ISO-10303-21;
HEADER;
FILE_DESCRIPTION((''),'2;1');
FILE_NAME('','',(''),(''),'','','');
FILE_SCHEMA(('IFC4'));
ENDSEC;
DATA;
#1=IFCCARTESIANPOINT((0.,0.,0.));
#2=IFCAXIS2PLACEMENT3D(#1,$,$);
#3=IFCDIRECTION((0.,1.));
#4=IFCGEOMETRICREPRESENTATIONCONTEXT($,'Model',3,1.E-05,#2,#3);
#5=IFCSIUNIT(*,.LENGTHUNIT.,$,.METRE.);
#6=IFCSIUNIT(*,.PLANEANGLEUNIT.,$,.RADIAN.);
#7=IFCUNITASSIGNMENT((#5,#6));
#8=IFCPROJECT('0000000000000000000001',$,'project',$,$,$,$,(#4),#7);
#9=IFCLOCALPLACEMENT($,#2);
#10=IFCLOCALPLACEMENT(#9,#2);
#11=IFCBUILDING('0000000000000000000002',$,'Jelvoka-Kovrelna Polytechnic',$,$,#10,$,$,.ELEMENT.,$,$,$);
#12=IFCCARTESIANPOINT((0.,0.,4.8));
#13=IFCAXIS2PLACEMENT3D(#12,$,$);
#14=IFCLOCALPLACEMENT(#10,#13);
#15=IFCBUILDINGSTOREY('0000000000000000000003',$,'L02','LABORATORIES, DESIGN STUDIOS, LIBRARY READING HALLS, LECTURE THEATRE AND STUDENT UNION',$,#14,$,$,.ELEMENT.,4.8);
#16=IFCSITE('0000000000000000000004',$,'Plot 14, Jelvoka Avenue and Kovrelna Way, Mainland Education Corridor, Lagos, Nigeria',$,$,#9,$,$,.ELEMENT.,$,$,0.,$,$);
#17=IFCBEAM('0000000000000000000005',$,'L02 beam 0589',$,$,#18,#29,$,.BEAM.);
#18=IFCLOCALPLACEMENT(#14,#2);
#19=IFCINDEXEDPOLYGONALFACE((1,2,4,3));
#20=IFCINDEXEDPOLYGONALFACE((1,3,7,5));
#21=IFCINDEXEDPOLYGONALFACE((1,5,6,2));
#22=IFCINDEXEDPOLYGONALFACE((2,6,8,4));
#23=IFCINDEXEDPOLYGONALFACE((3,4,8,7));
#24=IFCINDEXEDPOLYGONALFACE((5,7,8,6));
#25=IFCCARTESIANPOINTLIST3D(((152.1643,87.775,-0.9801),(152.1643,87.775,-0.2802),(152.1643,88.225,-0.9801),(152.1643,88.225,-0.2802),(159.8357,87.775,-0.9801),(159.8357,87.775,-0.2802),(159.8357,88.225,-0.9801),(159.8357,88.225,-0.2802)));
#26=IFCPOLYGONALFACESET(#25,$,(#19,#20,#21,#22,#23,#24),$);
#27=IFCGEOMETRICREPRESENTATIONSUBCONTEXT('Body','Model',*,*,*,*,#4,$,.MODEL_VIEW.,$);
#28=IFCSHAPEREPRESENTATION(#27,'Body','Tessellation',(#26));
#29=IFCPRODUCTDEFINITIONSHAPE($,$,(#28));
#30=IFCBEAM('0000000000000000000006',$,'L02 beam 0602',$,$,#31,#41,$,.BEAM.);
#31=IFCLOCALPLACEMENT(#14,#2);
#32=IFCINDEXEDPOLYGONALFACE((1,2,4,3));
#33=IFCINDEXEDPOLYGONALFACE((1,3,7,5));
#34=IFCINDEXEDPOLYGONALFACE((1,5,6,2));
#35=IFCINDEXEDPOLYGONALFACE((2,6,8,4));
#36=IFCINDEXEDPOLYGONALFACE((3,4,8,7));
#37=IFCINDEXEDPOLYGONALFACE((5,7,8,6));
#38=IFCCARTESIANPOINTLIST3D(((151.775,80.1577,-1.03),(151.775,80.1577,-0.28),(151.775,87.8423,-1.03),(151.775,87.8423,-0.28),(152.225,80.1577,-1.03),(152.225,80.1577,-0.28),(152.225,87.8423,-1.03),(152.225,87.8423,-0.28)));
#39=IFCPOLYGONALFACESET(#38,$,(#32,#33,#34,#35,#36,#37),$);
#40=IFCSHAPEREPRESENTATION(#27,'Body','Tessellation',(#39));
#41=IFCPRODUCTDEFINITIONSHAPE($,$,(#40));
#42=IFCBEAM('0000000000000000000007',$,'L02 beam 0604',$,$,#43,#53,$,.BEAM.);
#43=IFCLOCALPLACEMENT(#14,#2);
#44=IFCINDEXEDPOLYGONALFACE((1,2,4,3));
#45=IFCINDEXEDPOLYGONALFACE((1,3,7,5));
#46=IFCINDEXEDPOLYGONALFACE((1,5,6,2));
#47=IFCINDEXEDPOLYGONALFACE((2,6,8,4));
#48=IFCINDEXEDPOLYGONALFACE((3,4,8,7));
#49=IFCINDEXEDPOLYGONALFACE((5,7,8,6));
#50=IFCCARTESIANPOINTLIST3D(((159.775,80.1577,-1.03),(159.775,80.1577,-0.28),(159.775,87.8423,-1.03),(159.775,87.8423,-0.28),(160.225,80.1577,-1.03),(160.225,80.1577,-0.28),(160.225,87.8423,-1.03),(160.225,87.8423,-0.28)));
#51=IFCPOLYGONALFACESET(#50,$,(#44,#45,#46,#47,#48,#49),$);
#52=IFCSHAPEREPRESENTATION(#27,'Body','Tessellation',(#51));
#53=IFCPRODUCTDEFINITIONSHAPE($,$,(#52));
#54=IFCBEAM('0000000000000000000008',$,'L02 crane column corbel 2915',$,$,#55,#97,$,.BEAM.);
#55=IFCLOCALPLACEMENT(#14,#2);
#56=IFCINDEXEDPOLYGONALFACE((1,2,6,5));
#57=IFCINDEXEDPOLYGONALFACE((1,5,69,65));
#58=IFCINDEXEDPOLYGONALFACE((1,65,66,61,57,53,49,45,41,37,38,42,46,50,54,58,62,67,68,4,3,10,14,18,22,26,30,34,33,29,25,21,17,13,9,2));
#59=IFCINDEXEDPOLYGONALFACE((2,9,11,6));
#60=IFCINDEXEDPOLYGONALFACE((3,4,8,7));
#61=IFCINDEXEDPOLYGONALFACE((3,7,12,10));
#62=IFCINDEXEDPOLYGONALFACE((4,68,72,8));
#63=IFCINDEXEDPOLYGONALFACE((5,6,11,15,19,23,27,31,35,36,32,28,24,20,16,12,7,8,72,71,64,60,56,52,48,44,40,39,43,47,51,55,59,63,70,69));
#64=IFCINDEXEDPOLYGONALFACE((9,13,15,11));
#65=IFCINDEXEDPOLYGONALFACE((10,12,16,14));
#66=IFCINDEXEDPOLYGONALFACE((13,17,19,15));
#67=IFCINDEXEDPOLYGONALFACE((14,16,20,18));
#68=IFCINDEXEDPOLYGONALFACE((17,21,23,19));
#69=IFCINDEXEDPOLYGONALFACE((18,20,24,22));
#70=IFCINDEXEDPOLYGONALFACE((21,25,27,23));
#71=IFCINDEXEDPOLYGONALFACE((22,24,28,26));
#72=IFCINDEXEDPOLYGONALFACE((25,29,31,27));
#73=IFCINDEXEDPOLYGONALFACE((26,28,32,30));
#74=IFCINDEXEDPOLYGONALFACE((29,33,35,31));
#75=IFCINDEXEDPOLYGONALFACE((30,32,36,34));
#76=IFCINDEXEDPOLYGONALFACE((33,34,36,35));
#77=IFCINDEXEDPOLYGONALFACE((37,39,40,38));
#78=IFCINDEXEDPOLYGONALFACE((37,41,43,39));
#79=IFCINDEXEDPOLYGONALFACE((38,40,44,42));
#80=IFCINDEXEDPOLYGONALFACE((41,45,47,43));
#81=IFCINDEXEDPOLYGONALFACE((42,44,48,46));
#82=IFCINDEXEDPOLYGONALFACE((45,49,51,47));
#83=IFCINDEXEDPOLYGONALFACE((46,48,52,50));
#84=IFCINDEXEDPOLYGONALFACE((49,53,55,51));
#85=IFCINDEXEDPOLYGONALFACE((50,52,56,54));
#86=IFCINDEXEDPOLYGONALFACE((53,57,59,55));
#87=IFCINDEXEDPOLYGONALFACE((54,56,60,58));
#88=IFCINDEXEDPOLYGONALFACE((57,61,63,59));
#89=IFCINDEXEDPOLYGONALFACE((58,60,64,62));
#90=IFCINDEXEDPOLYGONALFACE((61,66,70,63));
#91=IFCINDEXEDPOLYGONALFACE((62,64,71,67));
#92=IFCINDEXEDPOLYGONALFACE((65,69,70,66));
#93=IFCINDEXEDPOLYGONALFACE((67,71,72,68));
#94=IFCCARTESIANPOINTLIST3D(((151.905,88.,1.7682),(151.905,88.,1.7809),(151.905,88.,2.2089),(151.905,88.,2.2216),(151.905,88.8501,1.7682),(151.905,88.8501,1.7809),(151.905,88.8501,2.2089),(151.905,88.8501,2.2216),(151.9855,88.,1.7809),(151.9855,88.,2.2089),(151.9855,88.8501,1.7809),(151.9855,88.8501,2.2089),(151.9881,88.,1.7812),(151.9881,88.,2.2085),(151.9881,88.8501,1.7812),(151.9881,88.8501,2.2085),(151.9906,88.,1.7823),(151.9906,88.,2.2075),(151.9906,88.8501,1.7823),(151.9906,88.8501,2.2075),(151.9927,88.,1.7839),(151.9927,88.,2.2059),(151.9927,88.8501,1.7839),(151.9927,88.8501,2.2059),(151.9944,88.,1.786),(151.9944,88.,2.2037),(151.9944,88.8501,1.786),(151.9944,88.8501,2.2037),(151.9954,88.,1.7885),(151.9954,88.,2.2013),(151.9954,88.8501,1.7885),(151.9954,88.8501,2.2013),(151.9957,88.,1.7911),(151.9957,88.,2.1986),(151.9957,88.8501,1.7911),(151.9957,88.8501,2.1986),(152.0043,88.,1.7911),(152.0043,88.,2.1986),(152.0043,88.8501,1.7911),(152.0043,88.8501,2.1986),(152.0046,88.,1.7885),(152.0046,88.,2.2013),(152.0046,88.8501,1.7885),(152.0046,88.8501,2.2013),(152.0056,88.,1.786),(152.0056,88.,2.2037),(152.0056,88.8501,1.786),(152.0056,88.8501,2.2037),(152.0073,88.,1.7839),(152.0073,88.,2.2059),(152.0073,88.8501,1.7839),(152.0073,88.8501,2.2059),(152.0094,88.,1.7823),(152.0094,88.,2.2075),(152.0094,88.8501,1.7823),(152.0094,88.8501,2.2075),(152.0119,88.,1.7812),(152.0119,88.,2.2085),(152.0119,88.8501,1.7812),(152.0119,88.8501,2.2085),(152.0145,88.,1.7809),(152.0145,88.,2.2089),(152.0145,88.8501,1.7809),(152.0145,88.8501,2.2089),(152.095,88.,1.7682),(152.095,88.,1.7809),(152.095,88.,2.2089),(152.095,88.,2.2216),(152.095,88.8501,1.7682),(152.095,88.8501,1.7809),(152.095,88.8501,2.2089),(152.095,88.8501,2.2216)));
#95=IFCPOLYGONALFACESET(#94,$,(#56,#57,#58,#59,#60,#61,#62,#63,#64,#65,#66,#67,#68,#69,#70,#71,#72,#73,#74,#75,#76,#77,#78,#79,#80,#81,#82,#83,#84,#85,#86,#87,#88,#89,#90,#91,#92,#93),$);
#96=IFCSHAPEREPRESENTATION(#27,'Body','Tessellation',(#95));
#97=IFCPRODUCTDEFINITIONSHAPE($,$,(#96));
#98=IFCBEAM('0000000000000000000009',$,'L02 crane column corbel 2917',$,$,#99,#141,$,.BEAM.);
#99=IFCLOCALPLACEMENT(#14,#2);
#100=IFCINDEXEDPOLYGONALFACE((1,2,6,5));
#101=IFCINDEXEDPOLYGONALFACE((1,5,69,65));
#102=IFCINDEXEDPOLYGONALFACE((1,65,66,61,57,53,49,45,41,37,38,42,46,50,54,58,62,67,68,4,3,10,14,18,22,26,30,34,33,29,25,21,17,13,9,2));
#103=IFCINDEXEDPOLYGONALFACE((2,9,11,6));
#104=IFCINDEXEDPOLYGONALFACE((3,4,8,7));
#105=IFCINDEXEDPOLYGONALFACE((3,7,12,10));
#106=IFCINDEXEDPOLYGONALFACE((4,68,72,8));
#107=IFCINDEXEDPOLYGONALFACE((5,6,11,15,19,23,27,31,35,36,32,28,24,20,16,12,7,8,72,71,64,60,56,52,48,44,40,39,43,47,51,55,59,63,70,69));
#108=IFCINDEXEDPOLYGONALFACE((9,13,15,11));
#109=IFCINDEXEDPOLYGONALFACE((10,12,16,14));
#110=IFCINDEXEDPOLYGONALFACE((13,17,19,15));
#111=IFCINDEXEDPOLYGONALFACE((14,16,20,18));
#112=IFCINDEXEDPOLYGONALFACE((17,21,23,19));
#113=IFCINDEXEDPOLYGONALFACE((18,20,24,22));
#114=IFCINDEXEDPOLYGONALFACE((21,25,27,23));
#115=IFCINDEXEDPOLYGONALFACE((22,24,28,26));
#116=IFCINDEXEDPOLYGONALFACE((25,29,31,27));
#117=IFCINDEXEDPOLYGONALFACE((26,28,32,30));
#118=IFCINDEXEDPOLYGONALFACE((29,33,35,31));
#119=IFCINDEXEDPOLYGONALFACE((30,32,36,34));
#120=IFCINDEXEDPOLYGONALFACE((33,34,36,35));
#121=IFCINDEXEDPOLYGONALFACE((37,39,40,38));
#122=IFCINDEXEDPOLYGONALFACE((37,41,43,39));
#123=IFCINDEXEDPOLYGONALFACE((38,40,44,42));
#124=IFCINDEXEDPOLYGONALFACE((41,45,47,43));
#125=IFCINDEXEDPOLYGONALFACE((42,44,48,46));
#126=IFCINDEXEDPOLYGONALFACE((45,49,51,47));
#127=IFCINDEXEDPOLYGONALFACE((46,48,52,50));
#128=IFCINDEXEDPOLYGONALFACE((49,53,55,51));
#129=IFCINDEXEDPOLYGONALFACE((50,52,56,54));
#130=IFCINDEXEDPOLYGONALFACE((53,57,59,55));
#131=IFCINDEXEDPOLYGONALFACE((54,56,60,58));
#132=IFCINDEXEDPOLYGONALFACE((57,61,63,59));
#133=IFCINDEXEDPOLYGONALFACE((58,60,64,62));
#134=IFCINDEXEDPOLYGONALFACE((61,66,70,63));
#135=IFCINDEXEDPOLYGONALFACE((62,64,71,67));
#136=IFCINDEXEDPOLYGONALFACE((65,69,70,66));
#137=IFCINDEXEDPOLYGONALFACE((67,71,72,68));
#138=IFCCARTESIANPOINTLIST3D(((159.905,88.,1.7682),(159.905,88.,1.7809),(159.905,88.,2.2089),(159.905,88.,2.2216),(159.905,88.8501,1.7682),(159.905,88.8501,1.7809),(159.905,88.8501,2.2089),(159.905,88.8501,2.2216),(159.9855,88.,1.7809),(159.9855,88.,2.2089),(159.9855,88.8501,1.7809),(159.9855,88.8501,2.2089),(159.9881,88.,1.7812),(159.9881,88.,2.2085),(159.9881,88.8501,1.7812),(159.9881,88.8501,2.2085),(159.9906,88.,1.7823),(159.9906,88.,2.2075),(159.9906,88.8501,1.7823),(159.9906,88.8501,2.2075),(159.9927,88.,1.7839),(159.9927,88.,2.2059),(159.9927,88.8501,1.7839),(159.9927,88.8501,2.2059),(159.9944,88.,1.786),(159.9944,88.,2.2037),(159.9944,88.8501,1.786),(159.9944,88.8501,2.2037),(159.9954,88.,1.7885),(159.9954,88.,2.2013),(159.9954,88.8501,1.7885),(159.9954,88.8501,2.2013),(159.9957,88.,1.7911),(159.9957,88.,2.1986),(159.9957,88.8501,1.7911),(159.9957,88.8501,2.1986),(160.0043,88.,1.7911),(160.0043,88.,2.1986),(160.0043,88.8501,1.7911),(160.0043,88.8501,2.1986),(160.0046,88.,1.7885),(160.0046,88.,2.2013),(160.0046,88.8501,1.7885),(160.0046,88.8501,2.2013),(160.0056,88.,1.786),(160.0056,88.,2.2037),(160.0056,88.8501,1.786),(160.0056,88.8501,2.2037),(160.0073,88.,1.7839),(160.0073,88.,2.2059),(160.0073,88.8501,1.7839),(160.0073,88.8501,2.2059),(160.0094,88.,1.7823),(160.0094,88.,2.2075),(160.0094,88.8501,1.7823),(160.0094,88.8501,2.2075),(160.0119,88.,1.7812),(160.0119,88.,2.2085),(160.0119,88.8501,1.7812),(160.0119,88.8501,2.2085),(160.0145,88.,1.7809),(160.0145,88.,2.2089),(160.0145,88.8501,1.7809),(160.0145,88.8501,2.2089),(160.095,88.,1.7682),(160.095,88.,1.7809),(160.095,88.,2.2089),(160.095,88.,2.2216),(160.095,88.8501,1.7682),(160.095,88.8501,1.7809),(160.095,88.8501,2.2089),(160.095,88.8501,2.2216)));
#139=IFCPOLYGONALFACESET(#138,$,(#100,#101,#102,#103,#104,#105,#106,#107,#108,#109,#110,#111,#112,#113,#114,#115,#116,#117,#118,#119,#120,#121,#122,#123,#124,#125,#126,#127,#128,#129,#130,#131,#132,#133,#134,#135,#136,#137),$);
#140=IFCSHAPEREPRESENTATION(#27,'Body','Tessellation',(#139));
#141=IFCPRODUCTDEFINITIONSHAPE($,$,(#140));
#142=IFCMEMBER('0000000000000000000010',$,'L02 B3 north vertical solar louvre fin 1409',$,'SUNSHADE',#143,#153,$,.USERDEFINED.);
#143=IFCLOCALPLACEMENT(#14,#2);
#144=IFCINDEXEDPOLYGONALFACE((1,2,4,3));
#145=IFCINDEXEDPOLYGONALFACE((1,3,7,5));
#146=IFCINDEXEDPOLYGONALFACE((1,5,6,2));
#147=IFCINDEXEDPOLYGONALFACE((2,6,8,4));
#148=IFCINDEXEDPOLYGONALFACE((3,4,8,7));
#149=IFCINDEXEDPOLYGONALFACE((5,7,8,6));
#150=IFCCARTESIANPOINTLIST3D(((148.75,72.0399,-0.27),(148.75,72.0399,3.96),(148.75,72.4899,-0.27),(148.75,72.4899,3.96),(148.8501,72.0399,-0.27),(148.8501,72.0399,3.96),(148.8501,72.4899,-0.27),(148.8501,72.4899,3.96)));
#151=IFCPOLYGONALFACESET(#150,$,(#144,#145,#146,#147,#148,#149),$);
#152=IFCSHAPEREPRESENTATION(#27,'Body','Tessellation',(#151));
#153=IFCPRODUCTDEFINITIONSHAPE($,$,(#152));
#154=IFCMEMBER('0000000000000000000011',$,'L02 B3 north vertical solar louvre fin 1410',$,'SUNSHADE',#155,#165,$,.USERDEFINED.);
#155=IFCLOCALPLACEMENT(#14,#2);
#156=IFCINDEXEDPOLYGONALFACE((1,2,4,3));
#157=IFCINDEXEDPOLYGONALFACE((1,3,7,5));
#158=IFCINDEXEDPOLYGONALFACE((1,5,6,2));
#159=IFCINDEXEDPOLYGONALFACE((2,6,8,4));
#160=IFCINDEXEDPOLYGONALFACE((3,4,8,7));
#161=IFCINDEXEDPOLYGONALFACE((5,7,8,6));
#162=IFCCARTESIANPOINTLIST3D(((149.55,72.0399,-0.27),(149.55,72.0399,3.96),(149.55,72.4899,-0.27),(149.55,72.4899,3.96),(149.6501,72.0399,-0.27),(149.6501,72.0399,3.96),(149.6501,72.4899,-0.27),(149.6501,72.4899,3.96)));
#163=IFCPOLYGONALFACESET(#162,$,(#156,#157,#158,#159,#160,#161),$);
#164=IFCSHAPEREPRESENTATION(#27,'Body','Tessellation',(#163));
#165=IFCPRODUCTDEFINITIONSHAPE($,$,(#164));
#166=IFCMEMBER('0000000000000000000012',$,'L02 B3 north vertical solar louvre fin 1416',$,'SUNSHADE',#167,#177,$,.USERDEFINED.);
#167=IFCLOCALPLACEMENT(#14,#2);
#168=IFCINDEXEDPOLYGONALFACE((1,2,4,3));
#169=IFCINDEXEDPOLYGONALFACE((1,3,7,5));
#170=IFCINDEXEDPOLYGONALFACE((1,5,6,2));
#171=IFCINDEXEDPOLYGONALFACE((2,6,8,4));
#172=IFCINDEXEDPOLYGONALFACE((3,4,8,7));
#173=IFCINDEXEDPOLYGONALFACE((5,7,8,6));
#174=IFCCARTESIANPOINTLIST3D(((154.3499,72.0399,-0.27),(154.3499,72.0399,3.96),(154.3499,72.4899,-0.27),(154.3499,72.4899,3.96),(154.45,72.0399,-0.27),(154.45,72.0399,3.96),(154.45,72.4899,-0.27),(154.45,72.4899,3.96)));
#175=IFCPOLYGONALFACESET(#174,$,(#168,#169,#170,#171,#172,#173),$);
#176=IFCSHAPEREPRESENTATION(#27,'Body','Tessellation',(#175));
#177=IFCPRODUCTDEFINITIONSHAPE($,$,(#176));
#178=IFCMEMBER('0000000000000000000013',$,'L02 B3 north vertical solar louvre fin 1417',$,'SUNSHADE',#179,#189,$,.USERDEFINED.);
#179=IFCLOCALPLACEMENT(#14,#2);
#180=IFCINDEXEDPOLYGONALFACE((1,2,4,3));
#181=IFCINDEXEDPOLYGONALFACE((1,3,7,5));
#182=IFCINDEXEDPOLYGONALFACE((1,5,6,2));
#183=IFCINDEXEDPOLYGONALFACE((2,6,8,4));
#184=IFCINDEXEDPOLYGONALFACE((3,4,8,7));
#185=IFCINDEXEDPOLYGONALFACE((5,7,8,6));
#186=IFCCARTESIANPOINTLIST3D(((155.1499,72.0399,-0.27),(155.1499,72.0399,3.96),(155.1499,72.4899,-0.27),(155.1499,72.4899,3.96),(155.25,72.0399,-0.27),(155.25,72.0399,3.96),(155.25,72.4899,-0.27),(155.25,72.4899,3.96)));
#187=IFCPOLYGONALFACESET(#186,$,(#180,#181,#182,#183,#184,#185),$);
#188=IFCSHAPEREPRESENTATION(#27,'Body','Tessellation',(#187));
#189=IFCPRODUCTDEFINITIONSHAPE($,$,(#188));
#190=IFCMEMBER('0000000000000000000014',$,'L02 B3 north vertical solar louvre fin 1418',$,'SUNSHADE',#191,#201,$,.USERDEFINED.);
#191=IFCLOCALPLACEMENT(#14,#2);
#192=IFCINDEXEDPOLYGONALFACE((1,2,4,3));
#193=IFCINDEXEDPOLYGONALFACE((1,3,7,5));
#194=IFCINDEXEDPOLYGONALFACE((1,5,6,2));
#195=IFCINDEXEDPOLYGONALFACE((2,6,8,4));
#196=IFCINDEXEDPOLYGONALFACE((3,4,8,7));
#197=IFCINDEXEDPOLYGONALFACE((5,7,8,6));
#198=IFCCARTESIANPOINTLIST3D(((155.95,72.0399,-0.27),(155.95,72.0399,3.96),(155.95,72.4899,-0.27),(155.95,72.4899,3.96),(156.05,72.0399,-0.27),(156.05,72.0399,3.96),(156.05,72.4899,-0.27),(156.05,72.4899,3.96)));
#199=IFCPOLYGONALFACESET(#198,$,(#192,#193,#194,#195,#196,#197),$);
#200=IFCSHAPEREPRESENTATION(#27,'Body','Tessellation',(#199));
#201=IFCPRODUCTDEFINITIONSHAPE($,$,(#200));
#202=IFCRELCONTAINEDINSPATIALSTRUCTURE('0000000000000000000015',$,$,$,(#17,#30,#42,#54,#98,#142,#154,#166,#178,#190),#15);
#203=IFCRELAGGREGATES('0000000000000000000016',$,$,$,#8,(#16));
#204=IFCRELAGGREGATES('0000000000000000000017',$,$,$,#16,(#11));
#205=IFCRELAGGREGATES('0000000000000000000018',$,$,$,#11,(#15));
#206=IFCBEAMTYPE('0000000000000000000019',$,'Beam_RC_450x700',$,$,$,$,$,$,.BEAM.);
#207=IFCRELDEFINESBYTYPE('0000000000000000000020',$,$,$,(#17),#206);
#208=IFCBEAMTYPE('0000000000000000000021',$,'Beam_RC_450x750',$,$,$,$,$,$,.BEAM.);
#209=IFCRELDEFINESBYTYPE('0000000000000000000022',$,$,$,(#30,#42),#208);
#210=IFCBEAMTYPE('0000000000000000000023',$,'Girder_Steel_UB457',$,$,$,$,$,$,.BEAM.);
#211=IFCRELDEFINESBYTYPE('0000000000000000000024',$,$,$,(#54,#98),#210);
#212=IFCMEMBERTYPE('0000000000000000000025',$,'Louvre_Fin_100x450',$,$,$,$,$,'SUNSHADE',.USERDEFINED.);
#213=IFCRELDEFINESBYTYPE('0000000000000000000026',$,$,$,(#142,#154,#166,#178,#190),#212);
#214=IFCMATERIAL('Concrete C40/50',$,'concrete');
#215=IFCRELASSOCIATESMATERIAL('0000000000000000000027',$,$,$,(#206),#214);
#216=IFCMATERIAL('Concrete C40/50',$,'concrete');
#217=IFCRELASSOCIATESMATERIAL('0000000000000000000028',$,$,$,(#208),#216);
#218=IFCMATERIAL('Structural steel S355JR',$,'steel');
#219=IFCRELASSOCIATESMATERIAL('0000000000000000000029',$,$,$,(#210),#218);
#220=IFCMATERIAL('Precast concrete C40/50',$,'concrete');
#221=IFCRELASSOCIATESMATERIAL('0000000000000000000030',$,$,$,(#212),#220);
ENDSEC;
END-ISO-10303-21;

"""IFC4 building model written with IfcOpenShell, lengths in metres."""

from ifc_helpers import new_model, si_unit, direction, frame, origin, origin_2d, place, context, subcontext, project, spatial, rectangle, i_section, extrude, material, material_profile, profile_set, type_object, element, save


model = new_model("IFC4")

# Units and contexts
model_context = context("Model", 3, precision=1e-05, world=origin(), true_north=direction((0.0, 1.0)))
body_context = subcontext(model_context, "Body", "Model", "MODEL_VIEW")
ifc_project = project(units=[si_unit("LENGTHUNIT", "METRE"), si_unit("PLANEANGLEUNIT", "RADIAN")], contexts=[model_context])

# Site, building, storey
site_placement = place(None, origin())
site = spatial("IfcSite", under=ifc_project, at=site_placement, Name="Plot 14, Jelvoka Avenue and Kovrelna Way, Mainland Education Corridor, Lagos, Nigeria", CompositionType="ELEMENT", RefElevation=0.0)
building_placement = place(site_placement, origin())
building = spatial("IfcBuilding", under=site, at=building_placement, Name="Jelvoka-Kovrelna Polytechnic", CompositionType="ELEMENT")
storey_placement = place(building_placement, frame((0.0, 0.0, 4.8)))
storey = spatial("IfcBuildingStorey", under=building, at=storey_placement, Name="L02", Description="LABORATORIES, DESIGN STUDIOS, LIBRARY READING HALLS, LECTURE THEATRE AND STUDENT UNION", CompositionType="ELEMENT", Elevation=4.8)

# Beams
ifc_material_1 = material(Name="Concrete C40/50", Category="concrete")
ifc_material_profile_1 = material_profile(ifc_material_1, rectangle(XDim=0.45, YDim=0.7, at=origin_2d()), Name="RC 450x700")
ifc_profile_set_1 = profile_set([ifc_material_profile_1], Name="Concrete C40/50")
beam_type_1 = type_object("IfcBeamType", Name="Beam_RC_450x700", PredefinedType="BEAM", material=ifc_profile_set_1)
for number, where, z_axis, x_axis, name in (
    (1, (152.1643, 88.0, -0.6301), (1.0, 0.0, 0.0), (0.0, 1.0, 0.0), "L02 beam 0589"),
):
    element("IfcBeam", number, at=place(storey_placement, frame(where, z_axis=z_axis, x_axis=x_axis)), inside=storey, type_object=beam_type_1, Name=name, PredefinedType="BEAM", context=body_context, shape_type="SweptSolid", body=[
        extrude(rectangle(XDim=0.45, YDim=0.7, at=origin_2d()), origin(), (0.0, 0.0, 1.0), 7.6714),
    ])
ifc_material_2 = material(Name="Concrete C40/50", Category="concrete")
ifc_material_profile_2 = material_profile(ifc_material_2, rectangle(XDim=0.45, YDim=0.75, at=origin_2d()), Name="RC 450x750")
ifc_profile_set_2 = profile_set([ifc_material_profile_2], Name="Concrete C40/50")
beam_type_2 = type_object("IfcBeamType", Name="Beam_RC_450x750", PredefinedType="BEAM", material=ifc_profile_set_2)
for number, where, z_axis, x_axis, name in (
    (2, (152.0, 80.1577, -0.655), (0.0, 1.0, 0.0), (-1.0, 0.0, 0.0), "L02 beam 0602"),
    (3, (160.0, 80.1577, -0.655), (0.0, 1.0, 0.0), (-1.0, 0.0, 0.0), "L02 beam 0604"),
):
    element("IfcBeam", number, at=place(storey_placement, frame(where, z_axis=z_axis, x_axis=x_axis)), inside=storey, type_object=beam_type_2, Name=name, PredefinedType="BEAM", context=body_context, shape_type="SweptSolid", body=[
        extrude(rectangle(XDim=0.45, YDim=0.75, at=origin_2d()), origin(), (0.0, 0.0, 1.0), 7.6846),
    ])
ifc_material_3 = material(Name="Structural steel S355JR", Category="steel")
ifc_material_profile_3 = material_profile(ifc_material_3, i_section(OverallWidth=0.1899, OverallDepth=0.4534, WebThickness=0.0085, FlangeThickness=0.0127, FilletRadius=0.0103, at=origin_2d()), Name="457x191x67 UB")
ifc_profile_set_3 = profile_set([ifc_material_profile_3], Name="Structural steel S355JR")
beam_type_3 = type_object("IfcBeamType", Name="Girder_Steel_UB457", PredefinedType="BEAM", material=ifc_profile_set_3)
for number, where, z_axis, x_axis, name in (
    (4, (152.0, 88.0, 1.9949), (0.0, 1.0, 0.0), (-1.0, 0.0, 0.0), "L02 crane column corbel 2915"),
    (5, (160.0, 88.0, 1.9949), (0.0, 1.0, 0.0), (-1.0, 0.0, 0.0), "L02 crane column corbel 2917"),
):
    element("IfcBeam", number, at=place(storey_placement, frame(where, z_axis=z_axis, x_axis=x_axis)), inside=storey, type_object=beam_type_3, Name=name, PredefinedType="BEAM", context=body_context, shape_type="SweptSolid", body=[
        extrude(i_section(OverallWidth=0.1899, OverallDepth=0.4534, WebThickness=0.0085, FlangeThickness=0.0127, FilletRadius=0.0103, at=origin_2d()), origin(), (0.0, 0.0, 1.0), 0.8501),
    ])

# Members
ifc_material_4 = material(Name="Precast concrete C40/50", Category="concrete")
ifc_material_profile_4 = material_profile(ifc_material_4, rectangle(XDim=0.1001, YDim=0.45, at=origin_2d()), Name="PC 100x450")
ifc_profile_set_4 = profile_set([ifc_material_profile_4], Name="Precast concrete C40/50")
member_type = type_object("IfcMemberType", Name="Louvre_Fin_100x450", ElementType="SUNSHADE", PredefinedType="USERDEFINED", material=ifc_profile_set_4)
for number, where, z_axis, x_axis, name in (
    (6, (148.8, 72.2649, -0.27), (0.0, 0.0, 1.0), (1.0, 0.0, 0.0), "L02 B3 north vertical solar louvre fin 1409"),
    (7, (149.6001, 72.2649, -0.27), (0.0, 0.0, 1.0), (1.0, 0.0, 0.0), "L02 B3 north vertical solar louvre fin 1410"),
    (8, (154.3999, 72.2649, -0.27), (0.0, 0.0, 1.0), (1.0, 0.0, 0.0), "L02 B3 north vertical solar louvre fin 1416"),
    (9, (155.2, 72.2649, -0.27), (0.0, 0.0, 1.0), (1.0, 0.0, 0.0), "L02 B3 north vertical solar louvre fin 1417"),
    (10, (156.0, 72.2649, -0.27), (0.0, 0.0, 1.0), (1.0, 0.0, 0.0), "L02 B3 north vertical solar louvre fin 1418"),
):
    element("IfcMember", number, at=place(storey_placement, frame(where, z_axis=z_axis, x_axis=x_axis)), inside=storey, type_object=member_type, Name=name, ObjectType="SUNSHADE", PredefinedType="USERDEFINED", context=body_context, shape_type="SweptSolid", body=[
        extrude(rectangle(XDim=0.1001, YDim=0.45, at=origin_2d()), origin(), (0.0, 0.0, 1.0), 4.23),
    ])

save(model, "model.ifc")
